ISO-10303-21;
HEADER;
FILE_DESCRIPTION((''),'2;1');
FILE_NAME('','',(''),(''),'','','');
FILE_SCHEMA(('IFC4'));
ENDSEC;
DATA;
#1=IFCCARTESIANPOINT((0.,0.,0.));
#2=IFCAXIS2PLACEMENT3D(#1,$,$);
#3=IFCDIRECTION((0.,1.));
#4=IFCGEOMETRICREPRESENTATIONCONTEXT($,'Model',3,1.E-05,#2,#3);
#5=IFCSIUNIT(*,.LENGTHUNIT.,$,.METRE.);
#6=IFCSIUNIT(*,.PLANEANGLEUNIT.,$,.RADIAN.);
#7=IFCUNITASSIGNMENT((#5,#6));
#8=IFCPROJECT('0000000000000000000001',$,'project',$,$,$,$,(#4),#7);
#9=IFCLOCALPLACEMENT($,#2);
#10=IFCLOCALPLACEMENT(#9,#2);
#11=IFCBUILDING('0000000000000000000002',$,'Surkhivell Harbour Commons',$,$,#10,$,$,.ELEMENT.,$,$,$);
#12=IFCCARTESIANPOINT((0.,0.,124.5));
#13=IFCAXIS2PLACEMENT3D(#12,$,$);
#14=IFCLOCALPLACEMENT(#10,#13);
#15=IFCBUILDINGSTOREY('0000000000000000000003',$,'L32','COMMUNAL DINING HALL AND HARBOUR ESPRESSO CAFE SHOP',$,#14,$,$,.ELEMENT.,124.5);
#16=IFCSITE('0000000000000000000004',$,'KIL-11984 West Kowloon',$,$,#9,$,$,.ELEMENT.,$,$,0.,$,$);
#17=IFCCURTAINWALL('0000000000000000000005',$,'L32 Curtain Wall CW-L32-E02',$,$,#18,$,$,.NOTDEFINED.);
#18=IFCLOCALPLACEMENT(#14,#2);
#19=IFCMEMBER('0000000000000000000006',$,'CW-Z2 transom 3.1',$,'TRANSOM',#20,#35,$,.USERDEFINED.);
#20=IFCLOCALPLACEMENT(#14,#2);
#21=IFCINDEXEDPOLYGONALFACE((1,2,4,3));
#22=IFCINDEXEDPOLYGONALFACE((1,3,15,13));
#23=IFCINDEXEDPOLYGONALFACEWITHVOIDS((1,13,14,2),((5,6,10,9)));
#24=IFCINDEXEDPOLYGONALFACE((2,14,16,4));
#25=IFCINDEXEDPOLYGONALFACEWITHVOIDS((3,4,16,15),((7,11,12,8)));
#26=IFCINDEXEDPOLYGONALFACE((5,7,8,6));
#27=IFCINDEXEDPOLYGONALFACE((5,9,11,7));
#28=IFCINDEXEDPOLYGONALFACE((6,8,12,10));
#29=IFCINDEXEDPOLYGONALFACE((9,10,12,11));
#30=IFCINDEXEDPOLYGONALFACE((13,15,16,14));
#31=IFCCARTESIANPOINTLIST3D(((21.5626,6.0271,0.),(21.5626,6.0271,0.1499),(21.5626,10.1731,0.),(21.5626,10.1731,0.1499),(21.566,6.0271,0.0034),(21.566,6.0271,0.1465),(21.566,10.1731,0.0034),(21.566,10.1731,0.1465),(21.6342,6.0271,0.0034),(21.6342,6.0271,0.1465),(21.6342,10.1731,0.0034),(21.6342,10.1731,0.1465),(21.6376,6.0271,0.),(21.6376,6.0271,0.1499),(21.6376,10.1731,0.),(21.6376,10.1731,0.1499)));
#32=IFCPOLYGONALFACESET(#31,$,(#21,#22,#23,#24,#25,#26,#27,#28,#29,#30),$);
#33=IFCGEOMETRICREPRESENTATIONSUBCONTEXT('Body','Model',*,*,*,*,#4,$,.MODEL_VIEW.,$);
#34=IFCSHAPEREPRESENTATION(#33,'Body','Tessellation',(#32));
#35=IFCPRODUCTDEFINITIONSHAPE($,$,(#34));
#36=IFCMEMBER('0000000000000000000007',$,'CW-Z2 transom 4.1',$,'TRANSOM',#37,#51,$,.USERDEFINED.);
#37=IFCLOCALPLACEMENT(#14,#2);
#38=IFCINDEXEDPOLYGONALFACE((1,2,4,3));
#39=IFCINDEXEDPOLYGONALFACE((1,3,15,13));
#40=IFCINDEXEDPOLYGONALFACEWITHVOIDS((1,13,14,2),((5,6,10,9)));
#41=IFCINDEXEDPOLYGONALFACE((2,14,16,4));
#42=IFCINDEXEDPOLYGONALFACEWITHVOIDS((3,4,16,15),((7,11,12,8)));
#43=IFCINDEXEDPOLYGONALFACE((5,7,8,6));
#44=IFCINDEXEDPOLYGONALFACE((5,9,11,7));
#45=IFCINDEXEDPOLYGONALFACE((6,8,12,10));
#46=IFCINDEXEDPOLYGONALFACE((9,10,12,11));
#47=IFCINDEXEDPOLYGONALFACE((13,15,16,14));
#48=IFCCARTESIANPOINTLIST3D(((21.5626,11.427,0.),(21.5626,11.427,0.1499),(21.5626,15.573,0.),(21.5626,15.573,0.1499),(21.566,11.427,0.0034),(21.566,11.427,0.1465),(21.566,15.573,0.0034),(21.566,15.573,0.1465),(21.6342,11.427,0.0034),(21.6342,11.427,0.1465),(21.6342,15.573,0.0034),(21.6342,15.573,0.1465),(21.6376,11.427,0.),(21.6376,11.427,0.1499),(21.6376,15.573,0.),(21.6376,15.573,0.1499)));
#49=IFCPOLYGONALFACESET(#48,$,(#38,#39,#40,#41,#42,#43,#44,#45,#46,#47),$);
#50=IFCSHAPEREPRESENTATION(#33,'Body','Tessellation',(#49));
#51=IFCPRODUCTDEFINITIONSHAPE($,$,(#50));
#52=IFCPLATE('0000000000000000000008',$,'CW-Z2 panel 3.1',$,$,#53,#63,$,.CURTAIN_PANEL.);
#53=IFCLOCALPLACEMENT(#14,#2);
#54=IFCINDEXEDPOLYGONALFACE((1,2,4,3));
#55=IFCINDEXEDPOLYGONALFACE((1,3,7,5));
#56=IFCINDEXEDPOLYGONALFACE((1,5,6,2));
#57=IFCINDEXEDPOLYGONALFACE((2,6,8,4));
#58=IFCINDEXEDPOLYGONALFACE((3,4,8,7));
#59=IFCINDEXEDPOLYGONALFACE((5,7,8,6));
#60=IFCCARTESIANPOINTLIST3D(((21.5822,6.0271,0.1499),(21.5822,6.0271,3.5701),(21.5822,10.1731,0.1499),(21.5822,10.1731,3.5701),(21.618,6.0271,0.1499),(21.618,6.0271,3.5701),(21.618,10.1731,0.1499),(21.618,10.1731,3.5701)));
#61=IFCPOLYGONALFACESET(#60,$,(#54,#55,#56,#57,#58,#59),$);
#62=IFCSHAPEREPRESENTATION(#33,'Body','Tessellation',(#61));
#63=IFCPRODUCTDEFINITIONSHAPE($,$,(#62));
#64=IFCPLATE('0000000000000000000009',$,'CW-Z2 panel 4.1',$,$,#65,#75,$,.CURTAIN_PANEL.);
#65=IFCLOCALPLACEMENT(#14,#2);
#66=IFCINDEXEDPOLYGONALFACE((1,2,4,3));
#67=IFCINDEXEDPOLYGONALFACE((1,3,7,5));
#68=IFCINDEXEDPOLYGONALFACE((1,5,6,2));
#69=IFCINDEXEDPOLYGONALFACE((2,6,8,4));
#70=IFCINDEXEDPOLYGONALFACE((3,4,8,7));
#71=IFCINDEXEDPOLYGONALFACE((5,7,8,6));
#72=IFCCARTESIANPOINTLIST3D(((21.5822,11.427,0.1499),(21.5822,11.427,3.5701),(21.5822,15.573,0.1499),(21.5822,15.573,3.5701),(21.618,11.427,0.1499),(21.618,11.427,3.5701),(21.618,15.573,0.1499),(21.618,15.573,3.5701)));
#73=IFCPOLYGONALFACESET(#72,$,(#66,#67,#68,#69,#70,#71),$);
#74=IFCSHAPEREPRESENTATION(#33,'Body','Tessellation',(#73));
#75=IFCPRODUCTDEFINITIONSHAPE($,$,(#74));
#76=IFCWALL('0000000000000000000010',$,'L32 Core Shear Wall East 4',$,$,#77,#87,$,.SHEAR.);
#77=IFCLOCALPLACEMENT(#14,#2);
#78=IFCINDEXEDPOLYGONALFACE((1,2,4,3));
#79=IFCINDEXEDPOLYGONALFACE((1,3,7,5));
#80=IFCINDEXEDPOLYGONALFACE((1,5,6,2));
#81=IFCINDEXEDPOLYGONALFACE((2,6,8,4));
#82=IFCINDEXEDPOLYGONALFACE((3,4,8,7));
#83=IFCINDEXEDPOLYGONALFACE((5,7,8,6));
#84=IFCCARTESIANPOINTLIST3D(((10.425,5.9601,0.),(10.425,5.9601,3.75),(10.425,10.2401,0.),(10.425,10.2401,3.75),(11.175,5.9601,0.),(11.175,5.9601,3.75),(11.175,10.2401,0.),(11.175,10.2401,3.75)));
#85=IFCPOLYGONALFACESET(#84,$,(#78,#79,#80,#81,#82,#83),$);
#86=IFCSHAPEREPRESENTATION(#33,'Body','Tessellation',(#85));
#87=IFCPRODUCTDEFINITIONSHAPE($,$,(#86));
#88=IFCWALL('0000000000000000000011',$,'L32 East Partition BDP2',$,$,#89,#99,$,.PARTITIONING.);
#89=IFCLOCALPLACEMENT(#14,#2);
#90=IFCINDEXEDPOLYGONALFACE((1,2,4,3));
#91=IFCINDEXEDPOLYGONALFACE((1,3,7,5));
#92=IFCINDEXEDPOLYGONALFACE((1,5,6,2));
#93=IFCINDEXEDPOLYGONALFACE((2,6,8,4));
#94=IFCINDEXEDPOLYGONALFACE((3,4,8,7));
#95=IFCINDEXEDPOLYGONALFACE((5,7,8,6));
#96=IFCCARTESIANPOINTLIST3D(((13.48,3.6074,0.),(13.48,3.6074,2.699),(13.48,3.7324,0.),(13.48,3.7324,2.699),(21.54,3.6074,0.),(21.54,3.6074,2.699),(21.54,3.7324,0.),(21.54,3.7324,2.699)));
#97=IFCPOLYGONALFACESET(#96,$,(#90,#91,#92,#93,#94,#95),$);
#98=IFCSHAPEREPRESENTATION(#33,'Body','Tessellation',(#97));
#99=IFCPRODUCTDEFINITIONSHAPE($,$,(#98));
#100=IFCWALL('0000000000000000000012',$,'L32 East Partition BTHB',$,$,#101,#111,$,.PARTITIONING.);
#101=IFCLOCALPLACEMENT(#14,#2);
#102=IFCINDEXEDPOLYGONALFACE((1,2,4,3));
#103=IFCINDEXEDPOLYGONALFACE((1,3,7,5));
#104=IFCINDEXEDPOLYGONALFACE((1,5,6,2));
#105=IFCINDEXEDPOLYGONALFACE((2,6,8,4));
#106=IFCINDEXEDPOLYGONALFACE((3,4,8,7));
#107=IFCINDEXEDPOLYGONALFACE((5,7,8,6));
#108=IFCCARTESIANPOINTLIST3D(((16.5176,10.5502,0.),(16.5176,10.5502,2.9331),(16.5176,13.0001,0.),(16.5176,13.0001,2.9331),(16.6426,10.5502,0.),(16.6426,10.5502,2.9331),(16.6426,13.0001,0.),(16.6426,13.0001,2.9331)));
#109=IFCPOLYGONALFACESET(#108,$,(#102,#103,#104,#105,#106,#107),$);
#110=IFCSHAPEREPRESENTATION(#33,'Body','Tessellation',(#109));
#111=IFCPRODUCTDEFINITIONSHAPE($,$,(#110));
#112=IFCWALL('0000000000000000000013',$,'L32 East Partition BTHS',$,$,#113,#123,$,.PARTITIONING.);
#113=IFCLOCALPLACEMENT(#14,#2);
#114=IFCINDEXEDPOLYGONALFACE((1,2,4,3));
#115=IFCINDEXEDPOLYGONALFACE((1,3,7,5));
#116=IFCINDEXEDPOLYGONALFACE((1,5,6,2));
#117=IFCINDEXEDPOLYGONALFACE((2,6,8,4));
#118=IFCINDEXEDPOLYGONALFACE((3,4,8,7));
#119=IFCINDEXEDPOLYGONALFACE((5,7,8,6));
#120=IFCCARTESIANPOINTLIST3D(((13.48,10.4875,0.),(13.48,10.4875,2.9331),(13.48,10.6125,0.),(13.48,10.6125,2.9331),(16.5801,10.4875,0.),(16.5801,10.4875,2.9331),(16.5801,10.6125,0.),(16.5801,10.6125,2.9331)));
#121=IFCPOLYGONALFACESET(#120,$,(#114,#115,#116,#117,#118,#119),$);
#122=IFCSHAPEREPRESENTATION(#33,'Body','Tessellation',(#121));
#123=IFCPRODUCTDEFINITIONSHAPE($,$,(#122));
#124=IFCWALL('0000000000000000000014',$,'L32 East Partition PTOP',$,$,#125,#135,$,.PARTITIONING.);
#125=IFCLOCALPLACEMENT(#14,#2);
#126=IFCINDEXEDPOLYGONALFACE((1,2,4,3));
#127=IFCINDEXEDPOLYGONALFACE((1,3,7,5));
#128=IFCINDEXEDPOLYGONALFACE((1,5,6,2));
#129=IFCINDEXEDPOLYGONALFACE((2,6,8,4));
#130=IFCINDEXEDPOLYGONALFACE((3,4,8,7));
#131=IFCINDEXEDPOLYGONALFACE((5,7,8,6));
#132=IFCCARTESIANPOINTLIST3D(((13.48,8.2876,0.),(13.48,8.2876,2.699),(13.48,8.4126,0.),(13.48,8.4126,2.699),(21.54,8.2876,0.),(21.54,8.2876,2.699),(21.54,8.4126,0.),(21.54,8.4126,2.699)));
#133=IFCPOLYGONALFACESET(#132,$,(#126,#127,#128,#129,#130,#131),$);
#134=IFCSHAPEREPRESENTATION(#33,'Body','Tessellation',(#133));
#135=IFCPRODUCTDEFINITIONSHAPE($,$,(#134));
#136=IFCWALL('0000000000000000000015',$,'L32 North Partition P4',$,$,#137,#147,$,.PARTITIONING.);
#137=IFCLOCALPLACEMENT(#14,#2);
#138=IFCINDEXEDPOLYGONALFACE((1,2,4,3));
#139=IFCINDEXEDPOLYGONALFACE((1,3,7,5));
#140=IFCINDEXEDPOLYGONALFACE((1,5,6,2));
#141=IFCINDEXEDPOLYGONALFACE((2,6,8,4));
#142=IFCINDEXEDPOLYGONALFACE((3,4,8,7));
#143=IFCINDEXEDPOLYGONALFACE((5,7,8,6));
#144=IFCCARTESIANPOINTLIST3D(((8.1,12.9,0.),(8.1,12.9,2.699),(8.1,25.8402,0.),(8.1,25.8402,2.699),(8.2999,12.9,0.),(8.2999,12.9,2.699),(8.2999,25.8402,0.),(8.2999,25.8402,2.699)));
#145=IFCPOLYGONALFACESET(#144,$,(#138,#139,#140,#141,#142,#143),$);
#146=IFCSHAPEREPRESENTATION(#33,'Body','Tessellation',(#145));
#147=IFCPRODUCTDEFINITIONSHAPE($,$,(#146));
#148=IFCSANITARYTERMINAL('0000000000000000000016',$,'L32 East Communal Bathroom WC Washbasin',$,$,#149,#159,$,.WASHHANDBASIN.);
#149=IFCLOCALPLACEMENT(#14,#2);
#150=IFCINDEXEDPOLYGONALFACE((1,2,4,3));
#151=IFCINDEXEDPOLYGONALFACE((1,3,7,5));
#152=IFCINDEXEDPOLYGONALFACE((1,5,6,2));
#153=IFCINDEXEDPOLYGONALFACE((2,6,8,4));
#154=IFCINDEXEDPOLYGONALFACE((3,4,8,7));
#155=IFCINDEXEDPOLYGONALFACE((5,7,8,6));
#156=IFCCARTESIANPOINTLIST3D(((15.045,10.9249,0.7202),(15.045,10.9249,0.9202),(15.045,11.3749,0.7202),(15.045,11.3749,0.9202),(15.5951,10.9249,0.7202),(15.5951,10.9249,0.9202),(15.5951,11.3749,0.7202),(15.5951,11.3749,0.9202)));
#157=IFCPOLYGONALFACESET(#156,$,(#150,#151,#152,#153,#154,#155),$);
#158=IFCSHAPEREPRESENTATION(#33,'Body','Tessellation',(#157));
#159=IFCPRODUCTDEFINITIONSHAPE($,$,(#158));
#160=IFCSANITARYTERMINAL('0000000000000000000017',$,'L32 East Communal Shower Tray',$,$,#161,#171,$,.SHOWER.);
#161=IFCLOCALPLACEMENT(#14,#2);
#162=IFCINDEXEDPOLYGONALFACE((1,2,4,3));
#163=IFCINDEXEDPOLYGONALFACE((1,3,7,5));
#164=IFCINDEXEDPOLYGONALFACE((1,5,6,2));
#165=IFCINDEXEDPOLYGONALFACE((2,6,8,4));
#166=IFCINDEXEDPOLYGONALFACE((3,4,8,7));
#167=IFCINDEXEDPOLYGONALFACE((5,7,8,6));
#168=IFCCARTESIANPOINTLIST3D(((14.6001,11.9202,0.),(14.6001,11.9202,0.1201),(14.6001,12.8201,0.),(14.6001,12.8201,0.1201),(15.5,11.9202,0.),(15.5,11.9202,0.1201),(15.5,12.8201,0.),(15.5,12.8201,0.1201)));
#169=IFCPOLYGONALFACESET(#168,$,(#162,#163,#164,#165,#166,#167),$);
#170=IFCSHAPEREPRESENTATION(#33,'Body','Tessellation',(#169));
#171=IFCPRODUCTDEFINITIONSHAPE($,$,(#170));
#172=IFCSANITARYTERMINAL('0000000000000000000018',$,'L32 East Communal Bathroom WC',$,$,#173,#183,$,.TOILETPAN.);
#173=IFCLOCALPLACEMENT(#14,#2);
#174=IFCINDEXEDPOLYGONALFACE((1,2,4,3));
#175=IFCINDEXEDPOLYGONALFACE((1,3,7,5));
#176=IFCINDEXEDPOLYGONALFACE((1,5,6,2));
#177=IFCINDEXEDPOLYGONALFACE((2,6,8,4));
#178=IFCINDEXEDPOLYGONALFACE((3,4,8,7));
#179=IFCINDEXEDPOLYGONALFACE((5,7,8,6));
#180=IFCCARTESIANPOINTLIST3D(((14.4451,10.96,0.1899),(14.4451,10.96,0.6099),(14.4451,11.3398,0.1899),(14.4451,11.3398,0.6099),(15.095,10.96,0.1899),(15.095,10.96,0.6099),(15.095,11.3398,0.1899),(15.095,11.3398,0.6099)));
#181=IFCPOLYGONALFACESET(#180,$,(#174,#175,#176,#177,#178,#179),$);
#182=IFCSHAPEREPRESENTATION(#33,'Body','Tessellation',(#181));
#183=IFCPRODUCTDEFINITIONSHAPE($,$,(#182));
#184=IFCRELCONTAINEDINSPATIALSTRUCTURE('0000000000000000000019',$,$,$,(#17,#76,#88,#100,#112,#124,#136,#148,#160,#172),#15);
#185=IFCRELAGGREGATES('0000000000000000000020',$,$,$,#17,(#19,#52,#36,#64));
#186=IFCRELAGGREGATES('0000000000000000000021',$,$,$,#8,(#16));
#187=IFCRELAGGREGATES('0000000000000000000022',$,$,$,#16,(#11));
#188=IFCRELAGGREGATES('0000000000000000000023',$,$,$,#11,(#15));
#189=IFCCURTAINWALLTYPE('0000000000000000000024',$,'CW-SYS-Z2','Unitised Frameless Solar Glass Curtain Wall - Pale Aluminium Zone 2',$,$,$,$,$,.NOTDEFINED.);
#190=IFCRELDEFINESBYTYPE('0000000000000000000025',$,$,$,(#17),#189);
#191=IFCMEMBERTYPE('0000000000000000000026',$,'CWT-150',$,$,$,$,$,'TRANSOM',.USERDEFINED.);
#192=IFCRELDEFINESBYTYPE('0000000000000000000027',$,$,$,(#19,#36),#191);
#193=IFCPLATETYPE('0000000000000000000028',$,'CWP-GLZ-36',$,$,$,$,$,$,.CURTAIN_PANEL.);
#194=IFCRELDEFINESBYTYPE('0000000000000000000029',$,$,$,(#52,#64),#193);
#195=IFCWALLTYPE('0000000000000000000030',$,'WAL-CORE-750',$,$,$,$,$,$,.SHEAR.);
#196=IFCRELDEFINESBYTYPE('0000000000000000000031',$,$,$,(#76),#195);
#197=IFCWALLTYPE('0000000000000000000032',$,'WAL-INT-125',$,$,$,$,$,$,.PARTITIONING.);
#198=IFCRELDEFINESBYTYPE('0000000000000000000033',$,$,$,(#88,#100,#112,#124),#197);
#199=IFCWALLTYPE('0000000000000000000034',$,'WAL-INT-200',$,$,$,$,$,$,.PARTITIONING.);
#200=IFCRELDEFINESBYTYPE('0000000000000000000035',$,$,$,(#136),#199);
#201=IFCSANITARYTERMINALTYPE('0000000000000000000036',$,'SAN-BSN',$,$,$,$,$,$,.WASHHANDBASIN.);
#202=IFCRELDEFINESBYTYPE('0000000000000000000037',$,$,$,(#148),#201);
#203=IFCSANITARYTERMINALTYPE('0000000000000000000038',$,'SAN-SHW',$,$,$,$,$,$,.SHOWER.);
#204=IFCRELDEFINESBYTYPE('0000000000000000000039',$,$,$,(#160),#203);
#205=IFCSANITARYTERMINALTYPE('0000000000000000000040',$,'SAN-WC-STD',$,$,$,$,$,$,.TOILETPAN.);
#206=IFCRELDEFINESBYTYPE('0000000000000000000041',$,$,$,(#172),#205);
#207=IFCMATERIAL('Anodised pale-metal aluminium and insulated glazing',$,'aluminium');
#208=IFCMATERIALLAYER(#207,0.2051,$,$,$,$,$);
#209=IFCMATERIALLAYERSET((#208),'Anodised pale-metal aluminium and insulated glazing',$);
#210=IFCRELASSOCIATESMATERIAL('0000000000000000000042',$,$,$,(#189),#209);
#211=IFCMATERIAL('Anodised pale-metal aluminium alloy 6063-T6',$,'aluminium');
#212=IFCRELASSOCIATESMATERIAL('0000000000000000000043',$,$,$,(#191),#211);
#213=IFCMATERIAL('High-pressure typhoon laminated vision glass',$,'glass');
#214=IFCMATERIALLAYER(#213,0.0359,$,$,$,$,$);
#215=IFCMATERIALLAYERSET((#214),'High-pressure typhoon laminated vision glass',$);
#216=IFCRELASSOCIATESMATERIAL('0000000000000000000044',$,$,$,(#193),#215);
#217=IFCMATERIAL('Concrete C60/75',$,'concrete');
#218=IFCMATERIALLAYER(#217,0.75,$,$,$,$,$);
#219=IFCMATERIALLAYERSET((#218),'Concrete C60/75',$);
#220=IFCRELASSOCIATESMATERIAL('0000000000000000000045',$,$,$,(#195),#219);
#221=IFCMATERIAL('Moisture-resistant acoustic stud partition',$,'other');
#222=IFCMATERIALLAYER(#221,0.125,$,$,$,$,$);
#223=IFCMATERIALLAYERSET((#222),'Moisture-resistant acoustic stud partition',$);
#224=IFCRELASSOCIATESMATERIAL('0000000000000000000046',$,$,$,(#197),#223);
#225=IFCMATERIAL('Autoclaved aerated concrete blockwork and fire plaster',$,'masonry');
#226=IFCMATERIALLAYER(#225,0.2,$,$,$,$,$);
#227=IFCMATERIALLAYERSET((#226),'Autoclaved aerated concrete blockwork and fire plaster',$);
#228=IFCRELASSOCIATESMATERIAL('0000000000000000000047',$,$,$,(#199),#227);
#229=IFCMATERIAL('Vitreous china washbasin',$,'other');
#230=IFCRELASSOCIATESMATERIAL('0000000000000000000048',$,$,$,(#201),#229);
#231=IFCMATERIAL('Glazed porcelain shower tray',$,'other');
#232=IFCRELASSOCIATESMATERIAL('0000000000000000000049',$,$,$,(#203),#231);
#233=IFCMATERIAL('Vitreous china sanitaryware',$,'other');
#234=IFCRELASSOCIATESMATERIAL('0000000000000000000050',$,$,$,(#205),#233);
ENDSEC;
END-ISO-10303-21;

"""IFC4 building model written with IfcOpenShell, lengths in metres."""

from ifc_helpers import new_model, si_unit, direction, frame, frame_2d, origin, origin_2d, place, context, subcontext, project, spatial, rectangle, hollow_rectangle, extrude, material, layer, layer_set, material_profile, profile_set, type_object, element, aggregate, save


model = new_model("IFC4")

# Units and contexts
model_context = context("Model", 3, precision=1e-05, world=origin(), true_north=direction((0.0, 1.0)))
body_context = subcontext(model_context, "Body", "Model", "MODEL_VIEW")
ifc_project = project(units=[si_unit("LENGTHUNIT", "METRE"), si_unit("PLANEANGLEUNIT", "RADIAN")], contexts=[model_context])

# Site, building, storey
site_placement = place(None, origin())
site = spatial("IfcSite", under=ifc_project, at=site_placement, Name="KIL-11984 West Kowloon", CompositionType="ELEMENT", RefElevation=0.0)
building_placement = place(site_placement, origin())
building = spatial("IfcBuilding", under=site, at=building_placement, Name="Surkhivell Harbour Commons", CompositionType="ELEMENT")
storey_placement = place(building_placement, frame((0.0, 0.0, 124.5)))
storey = spatial("IfcBuildingStorey", under=building, at=storey_placement, Name="L32", Description="COMMUNAL DINING HALL AND HARBOUR ESPRESSO CAFE SHOP", CompositionType="ELEMENT", Elevation=124.5)

# Shared definitions
ifc_material_1 = material(Name="Concrete C60/75", Category="concrete")

# Curtain wall, members, plates
ifc_material_2 = material(Name="Anodised pale-metal aluminium and insulated glazing", Category="aluminium")
ifc_layer_1 = layer(ifc_material_2, 0.2051)
ifc_layer_set_1 = layer_set([ifc_layer_1], Name="Anodised pale-metal aluminium and insulated glazing")
curtain_wall_type = type_object("IfcCurtainWallType", Name="CW-SYS-Z2", Description="Unitised Frameless Solar Glass Curtain Wall - Pale Aluminium Zone 2", PredefinedType="NOTDEFINED", material=ifc_layer_set_1)
curtain_wall_placement = place(storey_placement, origin())
curtain_wall = element("IfcCurtainWall", 1, at=curtain_wall_placement, inside=storey, type_object=curtain_wall_type, Name="L32 Curtain Wall CW-L32-E02", PredefinedType="NOTDEFINED")
ifc_material_3 = material(Name="Anodised pale-metal aluminium alloy 6063-T6", Category="aluminium")
ifc_material_profile_1 = material_profile(ifc_material_3, hollow_rectangle(XDim=0.075, YDim=0.1499, WallThickness=0.0034, at=origin_2d()), Name="ALU-TRAN-75x150")
ifc_profile_set_1 = profile_set([ifc_material_profile_1], Name="Anodised pale-metal aluminium alloy 6063-T6")
member_type_1 = type_object("IfcMemberType", Name="CWT-150", ElementType="TRANSOM", PredefinedType="USERDEFINED", material=ifc_profile_set_1)
member_1_placement = place(storey_placement, frame((21.6001, 6.0271, 0.075), z_axis=(0.0, 1.0, 0.0), x_axis=(-1.0, 0.0, 0.0)))
member_1 = element("IfcMember", 2, at=member_1_placement, type_object=member_type_1, Name="CW-Z2 transom 3.1", ObjectType="TRANSOM", PredefinedType="USERDEFINED", context=body_context, shape_type="SweptSolid", body=[
    extrude(hollow_rectangle(XDim=0.075, YDim=0.1499, WallThickness=0.0034, at=origin_2d()), origin(), (0.0, 0.0, 1.0), 4.146),
])
member_2_placement = place(storey_placement, frame((21.6001, 11.427, 0.075), z_axis=(0.0, 1.0, 0.0), x_axis=(-1.0, 0.0, 0.0)))
member_2 = element("IfcMember", 3, at=member_2_placement, type_object=member_type_1, Name="CW-Z2 transom 4.1", ObjectType="TRANSOM", PredefinedType="USERDEFINED", context=body_context, shape_type="SweptSolid", body=[
    extrude(hollow_rectangle(XDim=0.075, YDim=0.1499, WallThickness=0.0034, at=origin_2d()), origin(), (0.0, 0.0, 1.0), 4.146),
])
ifc_material_4 = material(Name="High-pressure typhoon laminated vision glass", Category="glass")
ifc_layer_2 = layer(ifc_material_4, 0.0359)
ifc_layer_set_2 = layer_set([ifc_layer_2], Name="High-pressure typhoon laminated vision glass")
plate_type = type_object("IfcPlateType", Name="CWP-GLZ-36", PredefinedType="CURTAIN_PANEL", material=ifc_layer_set_2)
plate_1_placement = place(storey_placement, frame((21.6001, 6.0271, 0.1499), z_axis=(0.0, 0.0, 1.0), x_axis=(0.0, 1.0, 0.0)))
plate_1 = element("IfcPlate", 4, at=plate_1_placement, type_object=plate_type, Name="CW-Z2 panel 3.1", PredefinedType="CURTAIN_PANEL", context=body_context, shape_type="SweptSolid", body=[
    extrude(rectangle(XDim=4.146, YDim=0.0359, at=frame_2d((2.073, 0.0))), origin(), (0.0, 0.0, 1.0), 3.4202),
])
plate_2_placement = place(storey_placement, frame((21.6001, 11.427, 0.1499), z_axis=(0.0, 0.0, 1.0), x_axis=(0.0, 1.0, 0.0)))
plate_2 = element("IfcPlate", 5, at=plate_2_placement, type_object=plate_type, Name="CW-Z2 panel 4.1", PredefinedType="CURTAIN_PANEL", context=body_context, shape_type="SweptSolid", body=[
    extrude(rectangle(XDim=4.146, YDim=0.0359, at=frame_2d((2.073, 0.0))), origin(), (0.0, 0.0, 1.0), 3.4202),
])
aggregate(curtain_wall, [member_1, plate_1, member_2, plate_2])

# Walls
ifc_layer_3 = layer(ifc_material_1, 0.75)
ifc_layer_set_3 = layer_set([ifc_layer_3], Name="Concrete C60/75")
wall_type_1 = type_object("IfcWallType", Name="WAL-CORE-750", PredefinedType="SHEAR", material=ifc_layer_set_3)
wall_1_placement = place(storey_placement, frame((10.8, 5.96, 0.0), z_axis=(0.0, 0.0, 1.0), x_axis=(0.0, 1.0, 0.0)))
element("IfcWall", 6, at=wall_1_placement, inside=storey, type_object=wall_type_1, Name="L32 Core Shear Wall East 4", PredefinedType="SHEAR", context=body_context, shape_type="SweptSolid", body=[
    extrude(rectangle(XDim=4.28, YDim=0.75, at=frame_2d((2.1401, 0.0))), origin(), (0.0, 0.0, 1.0), 3.75),
])
ifc_material_5 = material(Name="Moisture-resistant acoustic stud partition", Category="other")
ifc_layer_4 = layer(ifc_material_5, 0.125)
ifc_layer_set_4 = layer_set([ifc_layer_4], Name="Moisture-resistant acoustic stud partition")
wall_type_2 = type_object("IfcWallType", Name="WAL-INT-125", PredefinedType="PARTITIONING", material=ifc_layer_set_4)
wall_2_placement = place(storey_placement, frame((13.48, 3.6699, 0.0), z_axis=(0.0, 0.0, 1.0), x_axis=(1.0, 0.0, 0.0)))
element("IfcWall", 7, at=wall_2_placement, inside=storey, type_object=wall_type_2, Name="L32 East Partition BDP2", PredefinedType="PARTITIONING", context=body_context, shape_type="SweptSolid", body=[
    extrude(rectangle(XDim=8.0601, YDim=0.125, at=frame_2d((4.03, 0.0))), origin(), (0.0, 0.0, 1.0), 2.699),
])
wall_3_placement = place(storey_placement, frame((16.5801, 10.55, 0.0), z_axis=(0.0, 0.0, 1.0), x_axis=(0.0, 1.0, 0.0)))
element("IfcWall", 8, at=wall_3_placement, inside=storey, type_object=wall_type_2, Name="L32 East Partition BTHB", PredefinedType="PARTITIONING", context=body_context, shape_type="SweptSolid", body=[
    extrude(rectangle(XDim=2.45, YDim=0.125, at=frame_2d((1.2251, 0.0))), origin(), (0.0, 0.0, 1.0), 2.9331),
])
wall_4_placement = place(storey_placement, frame((13.48, 10.55, 0.0), z_axis=(0.0, 0.0, 1.0), x_axis=(1.0, 0.0, 0.0)))
element("IfcWall", 9, at=wall_4_placement, inside=storey, type_object=wall_type_2, Name="L32 East Partition BTHS", PredefinedType="PARTITIONING", context=body_context, shape_type="SweptSolid", body=[
    extrude(rectangle(XDim=3.1001, YDim=0.125, at=frame_2d((1.55, 0.0))), origin(), (0.0, 0.0, 1.0), 2.9331),
])
wall_5_placement = place(storey_placement, frame((13.48, 8.3501, 0.0), z_axis=(0.0, 0.0, 1.0), x_axis=(1.0, 0.0, 0.0)))
element("IfcWall", 10, at=wall_5_placement, inside=storey, type_object=wall_type_2, Name="L32 East Partition PTOP", PredefinedType="PARTITIONING", context=body_context, shape_type="SweptSolid", body=[
    extrude(rectangle(XDim=8.0601, YDim=0.125, at=frame_2d((4.03, 0.0))), origin(), (0.0, 0.0, 1.0), 2.699),
])
ifc_material_6 = material(Name="Autoclaved aerated concrete blockwork and fire plaster", Category="masonry")
ifc_layer_5 = layer(ifc_material_6, 0.2)
ifc_layer_set_5 = layer_set([ifc_layer_5], Name="Autoclaved aerated concrete blockwork and fire plaster")
wall_type_3 = type_object("IfcWallType", Name="WAL-INT-200", PredefinedType="PARTITIONING", material=ifc_layer_set_5)
wall_6_placement = place(storey_placement, frame((8.2, 12.8999, 0.0), z_axis=(0.0, 0.0, 1.0), x_axis=(0.0, 1.0, 0.0)))
element("IfcWall", 11, at=wall_6_placement, inside=storey, type_object=wall_type_3, Name="L32 North Partition P4", PredefinedType="PARTITIONING", context=body_context, shape_type="SweptSolid", body=[
    extrude(rectangle(XDim=12.9402, YDim=0.2, at=frame_2d((6.4702, 0.0))), origin(), (0.0, 0.0, 1.0), 2.699),
])

# Sanitary terminals
ifc_material_7 = material(Name="Vitreous china washbasin", Category="other")
sanitary_terminal_type_1 = type_object("IfcSanitaryTerminalType", Name="SAN-BSN", PredefinedType="WASHHANDBASIN", material=ifc_material_7)
sanitary_terminal_1_placement = place(storey_placement, frame((15.3201, 11.1499, 0.7202), z_axis=(0.0, 0.0, 1.0), x_axis=(1.0, 0.0, 0.0)))
element("IfcSanitaryTerminal", 12, at=sanitary_terminal_1_placement, inside=storey, type_object=sanitary_terminal_type_1, Name="L32 East Communal Bathroom WC Washbasin", PredefinedType="WASHHANDBASIN", context=body_context, shape_type="SweptSolid", body=[
    extrude(rectangle(XDim=0.55, YDim=0.45, at=origin_2d()), origin(), (0.0, 0.0, 1.0), 0.2),
])
ifc_material_8 = material(Name="Glazed porcelain shower tray", Category="other")
sanitary_terminal_type_2 = type_object("IfcSanitaryTerminalType", Name="SAN-SHW", PredefinedType="SHOWER", material=ifc_material_8)
sanitary_terminal_2_placement = place(storey_placement, frame((15.05, 12.3701, 0.0), z_axis=(0.0, 0.0, 1.0), x_axis=(1.0, 0.0, 0.0)))
element("IfcSanitaryTerminal", 13, at=sanitary_terminal_2_placement, inside=storey, type_object=sanitary_terminal_type_2, Name="L32 East Communal Shower Tray", PredefinedType="SHOWER", context=body_context, shape_type="SweptSolid", body=[
    extrude(rectangle(XDim=0.8999, YDim=0.8999, at=origin_2d()), origin(), (0.0, 0.0, 1.0), 0.1201),
])
ifc_material_9 = material(Name="Vitreous china sanitaryware", Category="other")
sanitary_terminal_type_3 = type_object("IfcSanitaryTerminalType", Name="SAN-WC-STD", PredefinedType="TOILETPAN", material=ifc_material_9)
sanitary_terminal_3_placement = place(storey_placement, frame((14.77, 11.1499, 0.1899), z_axis=(0.0, 0.0, 1.0), x_axis=(1.0, 0.0, 0.0)))
element("IfcSanitaryTerminal", 14, at=sanitary_terminal_3_placement, inside=storey, type_object=sanitary_terminal_type_3, Name="L32 East Communal Bathroom WC", PredefinedType="TOILETPAN", context=body_context, shape_type="SweptSolid", body=[
    extrude(rectangle(XDim=0.6499, YDim=0.3799, at=origin_2d()), origin(), (0.0, 0.0, 1.0), 0.4199),
])

save(model, "model.ifc")
